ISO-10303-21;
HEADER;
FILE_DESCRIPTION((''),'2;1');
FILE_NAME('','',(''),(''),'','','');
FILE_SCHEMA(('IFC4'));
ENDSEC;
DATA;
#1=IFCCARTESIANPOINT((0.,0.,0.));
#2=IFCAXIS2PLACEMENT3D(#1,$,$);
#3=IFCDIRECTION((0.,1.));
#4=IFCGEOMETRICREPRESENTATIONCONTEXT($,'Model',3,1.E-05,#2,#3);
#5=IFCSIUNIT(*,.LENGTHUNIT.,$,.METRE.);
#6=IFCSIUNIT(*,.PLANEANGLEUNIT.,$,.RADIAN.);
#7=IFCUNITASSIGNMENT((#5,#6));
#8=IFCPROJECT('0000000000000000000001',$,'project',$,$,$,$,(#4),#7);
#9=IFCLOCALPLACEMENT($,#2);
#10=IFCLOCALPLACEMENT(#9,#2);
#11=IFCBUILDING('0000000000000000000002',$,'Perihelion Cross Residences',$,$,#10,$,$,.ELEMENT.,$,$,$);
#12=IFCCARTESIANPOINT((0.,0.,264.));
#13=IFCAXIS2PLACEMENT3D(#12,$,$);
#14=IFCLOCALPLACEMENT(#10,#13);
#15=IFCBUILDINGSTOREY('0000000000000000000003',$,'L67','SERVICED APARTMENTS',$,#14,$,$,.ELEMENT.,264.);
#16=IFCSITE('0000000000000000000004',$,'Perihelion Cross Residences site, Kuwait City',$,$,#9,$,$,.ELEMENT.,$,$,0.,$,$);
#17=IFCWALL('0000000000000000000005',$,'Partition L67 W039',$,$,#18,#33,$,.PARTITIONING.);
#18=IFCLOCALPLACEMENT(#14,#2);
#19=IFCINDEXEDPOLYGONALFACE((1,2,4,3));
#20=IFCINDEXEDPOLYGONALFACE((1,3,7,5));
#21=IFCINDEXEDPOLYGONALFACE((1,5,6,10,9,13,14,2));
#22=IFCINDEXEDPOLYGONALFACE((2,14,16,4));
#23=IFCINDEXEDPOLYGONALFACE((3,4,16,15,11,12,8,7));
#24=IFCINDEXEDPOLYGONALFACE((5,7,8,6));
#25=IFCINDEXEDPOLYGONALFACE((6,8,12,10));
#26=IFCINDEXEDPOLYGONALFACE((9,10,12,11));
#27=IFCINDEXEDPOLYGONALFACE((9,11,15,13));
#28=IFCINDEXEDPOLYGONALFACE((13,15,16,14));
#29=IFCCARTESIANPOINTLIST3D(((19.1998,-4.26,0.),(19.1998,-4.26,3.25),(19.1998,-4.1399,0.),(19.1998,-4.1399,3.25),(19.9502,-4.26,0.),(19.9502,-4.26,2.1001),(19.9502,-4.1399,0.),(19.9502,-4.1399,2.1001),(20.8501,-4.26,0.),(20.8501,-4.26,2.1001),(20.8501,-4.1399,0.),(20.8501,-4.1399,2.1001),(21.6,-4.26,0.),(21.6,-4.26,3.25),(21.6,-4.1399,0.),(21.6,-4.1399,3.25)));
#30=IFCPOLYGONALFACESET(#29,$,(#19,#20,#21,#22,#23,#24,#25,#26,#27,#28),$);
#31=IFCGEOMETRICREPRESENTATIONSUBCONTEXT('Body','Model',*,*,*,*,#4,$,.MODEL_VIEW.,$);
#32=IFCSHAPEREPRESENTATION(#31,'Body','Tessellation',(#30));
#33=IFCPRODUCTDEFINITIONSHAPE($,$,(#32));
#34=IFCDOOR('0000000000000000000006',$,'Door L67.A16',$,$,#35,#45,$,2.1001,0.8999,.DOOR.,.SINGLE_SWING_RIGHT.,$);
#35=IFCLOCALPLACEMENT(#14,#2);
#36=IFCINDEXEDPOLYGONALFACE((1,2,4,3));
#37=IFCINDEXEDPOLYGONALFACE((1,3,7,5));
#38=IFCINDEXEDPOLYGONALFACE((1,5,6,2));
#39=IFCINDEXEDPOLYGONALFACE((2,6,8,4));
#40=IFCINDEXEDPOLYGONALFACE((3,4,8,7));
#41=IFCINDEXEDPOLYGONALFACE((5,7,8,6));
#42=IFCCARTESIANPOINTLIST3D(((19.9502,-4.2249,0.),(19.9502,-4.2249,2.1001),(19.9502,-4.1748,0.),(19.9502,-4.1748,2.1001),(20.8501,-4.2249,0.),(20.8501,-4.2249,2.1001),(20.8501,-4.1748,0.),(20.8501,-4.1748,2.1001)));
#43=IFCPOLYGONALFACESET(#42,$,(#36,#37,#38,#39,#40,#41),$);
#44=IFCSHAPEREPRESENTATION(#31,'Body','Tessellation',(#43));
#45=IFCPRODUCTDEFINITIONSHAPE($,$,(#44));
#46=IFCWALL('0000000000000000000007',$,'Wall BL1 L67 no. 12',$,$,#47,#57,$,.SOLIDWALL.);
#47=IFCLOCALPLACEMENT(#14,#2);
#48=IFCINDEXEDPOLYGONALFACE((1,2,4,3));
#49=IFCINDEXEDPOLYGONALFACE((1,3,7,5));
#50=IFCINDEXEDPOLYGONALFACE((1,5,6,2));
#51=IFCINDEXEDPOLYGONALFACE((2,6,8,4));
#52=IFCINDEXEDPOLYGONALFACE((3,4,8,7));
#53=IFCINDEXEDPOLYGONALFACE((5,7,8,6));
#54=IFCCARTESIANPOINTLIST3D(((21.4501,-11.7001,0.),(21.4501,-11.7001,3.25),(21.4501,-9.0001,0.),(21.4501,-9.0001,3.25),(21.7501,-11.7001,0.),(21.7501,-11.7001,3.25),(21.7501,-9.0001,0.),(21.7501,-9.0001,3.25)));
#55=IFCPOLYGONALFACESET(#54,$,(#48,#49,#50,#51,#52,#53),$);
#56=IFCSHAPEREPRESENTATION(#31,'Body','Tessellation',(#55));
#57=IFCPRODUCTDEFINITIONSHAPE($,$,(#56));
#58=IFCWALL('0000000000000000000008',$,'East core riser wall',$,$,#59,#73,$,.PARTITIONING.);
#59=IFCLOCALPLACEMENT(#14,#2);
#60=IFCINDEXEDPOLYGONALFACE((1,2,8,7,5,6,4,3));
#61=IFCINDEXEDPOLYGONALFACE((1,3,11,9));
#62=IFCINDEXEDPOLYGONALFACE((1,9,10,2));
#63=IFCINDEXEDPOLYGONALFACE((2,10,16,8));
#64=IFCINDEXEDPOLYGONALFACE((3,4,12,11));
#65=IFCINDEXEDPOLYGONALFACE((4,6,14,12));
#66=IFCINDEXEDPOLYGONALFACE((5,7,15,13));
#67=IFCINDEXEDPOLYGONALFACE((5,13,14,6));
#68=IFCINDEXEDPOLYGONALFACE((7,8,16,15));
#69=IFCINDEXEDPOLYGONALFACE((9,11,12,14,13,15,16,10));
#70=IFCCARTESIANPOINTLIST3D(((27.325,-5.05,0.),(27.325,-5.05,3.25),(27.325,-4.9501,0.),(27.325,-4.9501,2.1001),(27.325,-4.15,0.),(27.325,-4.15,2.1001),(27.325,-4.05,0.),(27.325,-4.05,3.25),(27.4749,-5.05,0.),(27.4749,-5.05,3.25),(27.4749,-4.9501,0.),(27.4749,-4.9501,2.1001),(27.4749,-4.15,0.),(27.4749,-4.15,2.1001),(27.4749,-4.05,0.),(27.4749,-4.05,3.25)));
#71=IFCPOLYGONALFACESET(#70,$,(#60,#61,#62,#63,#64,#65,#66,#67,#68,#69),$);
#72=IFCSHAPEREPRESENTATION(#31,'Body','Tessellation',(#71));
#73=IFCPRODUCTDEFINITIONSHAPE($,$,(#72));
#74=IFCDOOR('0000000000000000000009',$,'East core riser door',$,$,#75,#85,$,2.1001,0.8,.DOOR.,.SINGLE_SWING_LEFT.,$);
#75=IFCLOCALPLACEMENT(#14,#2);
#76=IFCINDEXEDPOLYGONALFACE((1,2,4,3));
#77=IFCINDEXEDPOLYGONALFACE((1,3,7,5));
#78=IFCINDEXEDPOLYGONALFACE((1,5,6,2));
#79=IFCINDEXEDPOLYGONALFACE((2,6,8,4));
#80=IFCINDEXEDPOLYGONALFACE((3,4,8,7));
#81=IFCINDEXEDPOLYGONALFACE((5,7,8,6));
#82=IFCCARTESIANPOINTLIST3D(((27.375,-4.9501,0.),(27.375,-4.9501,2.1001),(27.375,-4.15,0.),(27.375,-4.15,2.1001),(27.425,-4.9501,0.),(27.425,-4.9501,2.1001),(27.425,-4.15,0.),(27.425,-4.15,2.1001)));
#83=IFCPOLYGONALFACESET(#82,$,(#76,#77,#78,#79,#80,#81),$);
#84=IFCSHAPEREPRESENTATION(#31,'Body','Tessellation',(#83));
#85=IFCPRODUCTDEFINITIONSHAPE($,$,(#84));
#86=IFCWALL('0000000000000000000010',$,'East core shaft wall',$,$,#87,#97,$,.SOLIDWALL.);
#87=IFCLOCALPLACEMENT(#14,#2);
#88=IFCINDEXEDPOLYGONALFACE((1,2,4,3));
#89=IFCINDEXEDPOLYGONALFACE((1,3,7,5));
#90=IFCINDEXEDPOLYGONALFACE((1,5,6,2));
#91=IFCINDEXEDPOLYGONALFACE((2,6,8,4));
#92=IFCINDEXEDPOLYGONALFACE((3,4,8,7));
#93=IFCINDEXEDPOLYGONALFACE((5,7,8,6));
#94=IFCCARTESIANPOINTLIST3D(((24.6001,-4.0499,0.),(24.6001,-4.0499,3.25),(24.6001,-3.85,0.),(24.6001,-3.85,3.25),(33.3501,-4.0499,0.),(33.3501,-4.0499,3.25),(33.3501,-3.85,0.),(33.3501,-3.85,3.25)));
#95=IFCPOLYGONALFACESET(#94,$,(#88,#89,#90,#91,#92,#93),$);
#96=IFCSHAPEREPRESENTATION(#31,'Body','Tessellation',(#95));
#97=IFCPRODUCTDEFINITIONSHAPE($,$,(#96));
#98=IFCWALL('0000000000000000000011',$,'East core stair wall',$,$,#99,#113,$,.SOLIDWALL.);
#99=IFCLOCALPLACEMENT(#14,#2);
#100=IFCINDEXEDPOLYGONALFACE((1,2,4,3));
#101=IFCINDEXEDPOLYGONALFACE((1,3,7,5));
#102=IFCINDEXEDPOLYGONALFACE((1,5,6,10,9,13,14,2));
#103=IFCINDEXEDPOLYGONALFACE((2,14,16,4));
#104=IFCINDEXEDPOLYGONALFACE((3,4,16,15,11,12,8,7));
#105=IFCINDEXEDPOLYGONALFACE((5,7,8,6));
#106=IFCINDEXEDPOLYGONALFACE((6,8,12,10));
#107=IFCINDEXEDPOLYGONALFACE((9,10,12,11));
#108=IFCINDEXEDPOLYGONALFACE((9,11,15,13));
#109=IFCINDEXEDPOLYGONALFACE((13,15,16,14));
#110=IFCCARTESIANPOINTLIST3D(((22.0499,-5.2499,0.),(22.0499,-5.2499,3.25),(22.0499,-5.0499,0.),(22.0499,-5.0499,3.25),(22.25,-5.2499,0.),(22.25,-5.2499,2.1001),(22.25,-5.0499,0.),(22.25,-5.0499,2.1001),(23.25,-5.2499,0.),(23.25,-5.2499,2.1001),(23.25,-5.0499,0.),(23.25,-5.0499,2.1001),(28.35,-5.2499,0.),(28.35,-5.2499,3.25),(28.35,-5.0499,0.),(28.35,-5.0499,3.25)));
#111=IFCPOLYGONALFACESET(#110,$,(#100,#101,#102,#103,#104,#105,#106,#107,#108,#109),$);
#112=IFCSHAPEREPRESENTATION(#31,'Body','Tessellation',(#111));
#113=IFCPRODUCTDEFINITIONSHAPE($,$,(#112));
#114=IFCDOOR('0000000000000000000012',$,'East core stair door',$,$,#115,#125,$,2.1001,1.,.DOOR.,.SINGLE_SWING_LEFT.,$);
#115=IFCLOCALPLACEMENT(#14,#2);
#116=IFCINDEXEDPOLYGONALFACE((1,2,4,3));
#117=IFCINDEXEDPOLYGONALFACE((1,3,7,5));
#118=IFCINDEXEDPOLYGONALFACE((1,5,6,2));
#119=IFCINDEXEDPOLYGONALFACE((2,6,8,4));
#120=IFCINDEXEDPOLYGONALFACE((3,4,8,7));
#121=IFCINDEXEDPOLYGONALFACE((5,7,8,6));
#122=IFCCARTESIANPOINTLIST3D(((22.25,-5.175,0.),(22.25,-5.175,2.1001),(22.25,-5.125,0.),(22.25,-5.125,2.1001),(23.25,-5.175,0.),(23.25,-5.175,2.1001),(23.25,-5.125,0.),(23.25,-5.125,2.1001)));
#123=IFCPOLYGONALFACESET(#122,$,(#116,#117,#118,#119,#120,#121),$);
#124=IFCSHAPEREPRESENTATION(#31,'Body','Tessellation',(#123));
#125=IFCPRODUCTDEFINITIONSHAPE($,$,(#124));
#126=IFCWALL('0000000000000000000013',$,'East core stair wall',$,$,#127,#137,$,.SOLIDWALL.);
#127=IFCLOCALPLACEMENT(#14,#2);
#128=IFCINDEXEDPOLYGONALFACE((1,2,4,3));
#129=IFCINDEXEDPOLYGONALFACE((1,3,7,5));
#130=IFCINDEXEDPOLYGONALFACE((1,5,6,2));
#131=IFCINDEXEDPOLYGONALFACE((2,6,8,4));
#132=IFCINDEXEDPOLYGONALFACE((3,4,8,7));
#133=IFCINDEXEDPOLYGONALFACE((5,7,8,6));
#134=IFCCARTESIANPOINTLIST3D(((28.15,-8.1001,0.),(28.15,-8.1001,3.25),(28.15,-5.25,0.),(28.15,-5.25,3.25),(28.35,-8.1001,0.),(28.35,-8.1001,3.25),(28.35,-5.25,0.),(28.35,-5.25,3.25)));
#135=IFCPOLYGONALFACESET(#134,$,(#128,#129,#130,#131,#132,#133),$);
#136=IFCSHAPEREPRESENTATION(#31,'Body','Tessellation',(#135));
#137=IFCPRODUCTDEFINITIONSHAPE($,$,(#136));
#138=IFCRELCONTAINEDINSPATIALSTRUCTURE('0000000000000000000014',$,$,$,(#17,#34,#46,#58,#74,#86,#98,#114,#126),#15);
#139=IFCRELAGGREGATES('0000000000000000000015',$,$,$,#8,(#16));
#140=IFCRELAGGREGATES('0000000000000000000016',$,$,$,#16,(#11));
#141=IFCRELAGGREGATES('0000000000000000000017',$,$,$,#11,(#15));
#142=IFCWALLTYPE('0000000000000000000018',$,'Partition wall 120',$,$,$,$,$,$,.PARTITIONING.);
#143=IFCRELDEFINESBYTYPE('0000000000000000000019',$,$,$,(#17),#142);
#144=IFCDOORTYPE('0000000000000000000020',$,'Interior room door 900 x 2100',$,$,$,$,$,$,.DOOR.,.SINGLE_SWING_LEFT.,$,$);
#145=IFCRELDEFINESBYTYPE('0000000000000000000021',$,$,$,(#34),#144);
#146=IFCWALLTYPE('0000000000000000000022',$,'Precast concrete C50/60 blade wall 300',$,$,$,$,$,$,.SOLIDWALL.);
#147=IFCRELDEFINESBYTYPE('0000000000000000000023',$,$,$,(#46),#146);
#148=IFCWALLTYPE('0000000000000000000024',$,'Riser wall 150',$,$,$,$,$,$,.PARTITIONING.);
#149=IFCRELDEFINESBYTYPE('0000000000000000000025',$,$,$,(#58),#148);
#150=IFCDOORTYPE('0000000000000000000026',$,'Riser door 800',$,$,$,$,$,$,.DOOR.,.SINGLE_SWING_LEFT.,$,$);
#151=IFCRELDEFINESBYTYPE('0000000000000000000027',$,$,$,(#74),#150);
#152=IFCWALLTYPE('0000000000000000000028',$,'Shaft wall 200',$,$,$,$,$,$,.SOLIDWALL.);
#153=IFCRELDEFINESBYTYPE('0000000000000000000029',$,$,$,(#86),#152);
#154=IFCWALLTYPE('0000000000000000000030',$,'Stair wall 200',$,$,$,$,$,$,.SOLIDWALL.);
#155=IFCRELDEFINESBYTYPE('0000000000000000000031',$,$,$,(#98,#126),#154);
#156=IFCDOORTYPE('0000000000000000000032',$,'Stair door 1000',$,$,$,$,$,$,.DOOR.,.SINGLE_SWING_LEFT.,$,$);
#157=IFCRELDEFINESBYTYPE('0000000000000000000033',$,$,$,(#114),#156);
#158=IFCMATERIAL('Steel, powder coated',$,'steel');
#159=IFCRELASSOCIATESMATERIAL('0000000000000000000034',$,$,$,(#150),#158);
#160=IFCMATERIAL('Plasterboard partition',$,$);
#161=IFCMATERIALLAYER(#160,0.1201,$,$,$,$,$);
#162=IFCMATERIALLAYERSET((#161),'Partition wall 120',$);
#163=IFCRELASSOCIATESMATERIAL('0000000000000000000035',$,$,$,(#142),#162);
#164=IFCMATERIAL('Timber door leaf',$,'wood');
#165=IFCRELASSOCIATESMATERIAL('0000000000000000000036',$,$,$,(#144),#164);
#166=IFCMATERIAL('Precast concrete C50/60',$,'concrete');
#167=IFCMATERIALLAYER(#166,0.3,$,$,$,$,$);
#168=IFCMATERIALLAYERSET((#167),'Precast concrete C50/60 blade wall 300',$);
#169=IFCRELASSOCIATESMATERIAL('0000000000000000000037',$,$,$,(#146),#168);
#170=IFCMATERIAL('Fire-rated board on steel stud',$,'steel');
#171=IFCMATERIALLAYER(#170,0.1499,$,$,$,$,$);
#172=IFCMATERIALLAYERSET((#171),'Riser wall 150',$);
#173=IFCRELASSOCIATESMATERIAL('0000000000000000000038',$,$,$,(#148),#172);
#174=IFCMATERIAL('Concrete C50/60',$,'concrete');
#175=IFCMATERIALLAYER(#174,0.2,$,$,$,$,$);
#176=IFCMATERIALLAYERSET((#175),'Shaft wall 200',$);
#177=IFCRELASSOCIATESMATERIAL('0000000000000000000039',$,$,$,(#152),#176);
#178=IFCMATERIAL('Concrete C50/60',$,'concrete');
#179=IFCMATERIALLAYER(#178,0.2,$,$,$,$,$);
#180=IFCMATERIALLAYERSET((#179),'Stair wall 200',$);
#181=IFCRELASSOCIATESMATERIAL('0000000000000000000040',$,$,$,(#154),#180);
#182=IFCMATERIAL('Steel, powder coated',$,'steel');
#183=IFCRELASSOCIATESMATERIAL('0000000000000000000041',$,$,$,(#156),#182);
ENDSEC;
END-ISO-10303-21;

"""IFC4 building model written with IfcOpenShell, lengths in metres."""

from ifc_helpers import new_model, si_unit, direction, frame, frame_2d, origin, place, context, subcontext, project, spatial, rectangle, extrude, material, layer, layer_set, type_object, element, fill, save


model = new_model("IFC4")

# Units and contexts
model_context = context("Model", 3, precision=1e-05, world=origin(), true_north=direction((0.0, 1.0)))
body_context = subcontext(model_context, "Body", "Model", "MODEL_VIEW")
ifc_project = project(units=[si_unit("LENGTHUNIT", "METRE"), si_unit("PLANEANGLEUNIT", "RADIAN")], contexts=[model_context])

# Site, building, storey
site_placement = place(None, origin())
site = spatial("IfcSite", under=ifc_project, at=site_placement, Name="Perihelion Cross Residences site, Kuwait City", CompositionType="ELEMENT", RefElevation=0.0)
building_placement = place(site_placement, origin())
building = spatial("IfcBuilding", under=site, at=building_placement, Name="Perihelion Cross Residences", CompositionType="ELEMENT")
storey_placement = place(building_placement, frame((0.0, 0.0, 264.0)))
storey = spatial("IfcBuildingStorey", under=building, at=storey_placement, Name="L67", Description="SERVICED APARTMENTS", CompositionType="ELEMENT", Elevation=264.0)

# Wall, opening, door
ifc_material_1 = material(Name="Steel, powder coated", Category="steel")
door_type_1 = type_object("IfcDoorType", Name="Riser door 800", OperationType="SINGLE_SWING_LEFT", PredefinedType="DOOR", material=ifc_material_1)
ifc_material_2 = material(Name="Plasterboard partition")
ifc_layer_1 = layer(ifc_material_2, 0.1201)
ifc_layer_set_1 = layer_set([ifc_layer_1], Name="Partition wall 120")
wall_type_1 = type_object("IfcWallType", Name="Partition wall 120", PredefinedType="PARTITIONING", material=ifc_layer_set_1)
wall_1_placement = place(storey_placement, frame((21.6001, -4.2, 0.0), z_axis=(0.0, 0.0, 1.0), x_axis=(-1.0, 0.0, 0.0)))
wall_1 = element("IfcWall", 1, at=wall_1_placement, inside=storey, type_object=wall_type_1, Name="Partition L67 W039", PredefinedType="PARTITIONING", context=body_context, shape_type="SweptSolid", body=[
    extrude(rectangle(XDim=2.4001, YDim=0.1201, at=frame_2d((1.2002, 0.0))), origin(), (0.0, 0.0, 1.0), 3.25),
])
opening_1_placement = place(wall_1_placement, frame((0.75, 0.0, 0.0)))
opening_1 = element("IfcOpeningElement", 2, at=opening_1_placement, cuts=wall_1, PredefinedType="OPENING", context=body_context, shape_type="SweptSolid", body=[
    extrude(rectangle(XDim=0.8999, YDim=2.1001, at=frame_2d((0.45, 1.05))), frame((0.0, 0.0701, 0.0), z_axis=(0.0, -1.0, 0.0), x_axis=(1.0, 0.0, 0.0)), (0.0, 0.0, 1.0), 0.1401),
])
ifc_material_3 = material(Name="Timber door leaf", Category="wood")
door_type_2 = type_object("IfcDoorType", Name="Interior room door 900 x 2100", OperationType="SINGLE_SWING_LEFT", PredefinedType="DOOR", material=ifc_material_3)
door_1_placement = place(opening_1_placement, origin())
door_1 = element("IfcDoor", 3, at=door_1_placement, inside=storey, type_object=door_type_2, Name="Door L67.A16", OperationType="SINGLE_SWING_RIGHT", OverallHeight=2.1001, OverallWidth=0.8999, PredefinedType="DOOR", context=body_context, shape_type="SweptSolid", body=[
    extrude(rectangle(XDim=0.8999, YDim=2.1001, at=frame_2d((0.45, 1.05))), frame((0.0, 0.0249, 0.0), z_axis=(0.0, -1.0, 0.0), x_axis=(1.0, 0.0, 0.0)), (0.0, 0.0, 1.0), 0.05),
])
fill(opening_1, door_1)

# Wall
ifc_material_4 = material(Name="Precast concrete C50/60", Category="concrete")
ifc_layer_2 = layer(ifc_material_4, 0.3)
ifc_layer_set_2 = layer_set([ifc_layer_2], Name="Precast concrete C50/60 blade wall 300")
wall_type_2 = type_object("IfcWallType", Name="Precast concrete C50/60 blade wall 300", PredefinedType="SOLIDWALL", material=ifc_layer_set_2)
wall_2_placement = place(storey_placement, frame((21.6001, -9.0, 0.0), z_axis=(0.0, 0.0, 1.0), x_axis=(0.0, -1.0, 0.0)))
element("IfcWall", 4, at=wall_2_placement, inside=storey, type_object=wall_type_2, Name="Wall BL1 L67 no. 12", PredefinedType="SOLIDWALL", context=body_context, shape_type="SweptSolid", body=[
    extrude(rectangle(XDim=2.7, YDim=0.3, at=frame_2d((1.3501, 0.0))), origin(), (0.0, 0.0, 1.0), 3.25),
])

# Wall, opening, door
ifc_material_5 = material(Name="Fire-rated board on steel stud", Category="steel")
ifc_layer_3 = layer(ifc_material_5, 0.1499)
ifc_layer_set_3 = layer_set([ifc_layer_3], Name="Riser wall 150")
wall_type_3 = type_object("IfcWallType", Name="Riser wall 150", PredefinedType="PARTITIONING", material=ifc_layer_set_3)
wall_3_placement = place(storey_placement, frame((27.3999, -5.05, 0.0), z_axis=(0.0, 0.0, 1.0), x_axis=(0.0, 1.0, 0.0)))
wall_3 = element("IfcWall", 5, at=wall_3_placement, inside=storey, type_object=wall_type_3, Name="East core riser wall", PredefinedType="PARTITIONING", context=body_context, shape_type="SweptSolid", body=[
    extrude(rectangle(XDim=1.0, YDim=0.1499, at=frame_2d((0.5, 0.0))), origin(), (0.0, 0.0, 1.0), 3.25),
])
opening_2_placement = place(wall_3_placement, frame((0.1001, 0.0, 0.0)))
opening_2 = element("IfcOpeningElement", 6, at=opening_2_placement, cuts=wall_3, PredefinedType="OPENING", context=body_context, shape_type="SweptSolid", body=[
    extrude(rectangle(XDim=0.8, YDim=2.1001, at=frame_2d((0.3999, 1.05))), frame((0.0, 0.085, 0.0), z_axis=(0.0, -1.0, 0.0), x_axis=(1.0, 0.0, 0.0)), (0.0, 0.0, 1.0), 0.1699),
])
door_2_placement = place(opening_2_placement, origin())
door_2 = element("IfcDoor", 7, at=door_2_placement, inside=storey, type_object=door_type_1, Name="East core riser door", OperationType="SINGLE_SWING_LEFT", OverallHeight=2.1001, OverallWidth=0.8, PredefinedType="DOOR", context=body_context, shape_type="SweptSolid", body=[
    extrude(rectangle(XDim=0.8, YDim=2.1001, at=frame_2d((0.3999, 1.05))), frame((0.0, 0.0249, 0.0), z_axis=(0.0, -1.0, 0.0), x_axis=(1.0, 0.0, 0.0)), (0.0, 0.0, 1.0), 0.05),
])
fill(opening_2, door_2)

# Wall
ifc_material_6 = material(Name="Concrete C50/60", Category="concrete")
ifc_layer_4 = layer(ifc_material_6, 0.2)
ifc_layer_set_4 = layer_set([ifc_layer_4], Name="Shaft wall 200")
wall_type_4 = type_object("IfcWallType", Name="Shaft wall 200", PredefinedType="SOLIDWALL", material=ifc_layer_set_4)
wall_4_placement = place(storey_placement, frame((24.6001, -3.95, 0.0), z_axis=(0.0, 0.0, 1.0), x_axis=(1.0, 0.0, 0.0)))
element("IfcWall", 8, at=wall_4_placement, inside=storey, type_object=wall_type_4, Name="East core shaft wall", PredefinedType="SOLIDWALL", context=body_context, shape_type="SweptSolid", body=[
    extrude(rectangle(XDim=8.75, YDim=0.2, at=frame_2d((4.375, 0.0))), origin(), (0.0, 0.0, 1.0), 3.25),
])

# Wall, opening, door
ifc_material_7 = material(Name="Concrete C50/60", Category="concrete")
ifc_layer_5 = layer(ifc_material_7, 0.2)
ifc_layer_set_5 = layer_set([ifc_layer_5], Name="Stair wall 200")
wall_type_5 = type_object("IfcWallType", Name="Stair wall 200", PredefinedType="SOLIDWALL", material=ifc_layer_set_5)
wall_5_placement = place(storey_placement, frame((22.05, -5.1499, 0.0), z_axis=(0.0, 0.0, 1.0), x_axis=(1.0, 0.0, 0.0)))
wall_5 = element("IfcWall", 9, at=wall_5_placement, inside=storey, type_object=wall_type_5, Name="East core stair wall", PredefinedType="SOLIDWALL", context=body_context, shape_type="SweptSolid", body=[
    extrude(rectangle(XDim=6.3, YDim=0.2, at=frame_2d((3.1499, 0.0))), origin(), (0.0, 0.0, 1.0), 3.25),
])
opening_3_placement = place(wall_5_placement, frame((0.2, 0.0, 0.0)))
opening_3 = element("IfcOpeningElement", 10, at=opening_3_placement, cuts=wall_5, PredefinedType="OPENING", context=body_context, shape_type="SweptSolid", body=[
    extrude(rectangle(XDim=1.0, YDim=2.1001, at=frame_2d((0.5, 1.05))), frame((0.0, 0.1099, 0.0), z_axis=(0.0, -1.0, 0.0), x_axis=(1.0, 0.0, 0.0)), (0.0, 0.0, 1.0), 0.22),
])
ifc_material_8 = material(Name="Steel, powder coated", Category="steel")
door_type_3 = type_object("IfcDoorType", Name="Stair door 1000", OperationType="SINGLE_SWING_LEFT", PredefinedType="DOOR", material=ifc_material_8)
door_3_placement = place(opening_3_placement, origin())
door_3 = element("IfcDoor", 11, at=door_3_placement, inside=storey, type_object=door_type_3, Name="East core stair door", OperationType="SINGLE_SWING_LEFT", OverallHeight=2.1001, OverallWidth=1.0, PredefinedType="DOOR", context=body_context, shape_type="SweptSolid", body=[
    extrude(rectangle(XDim=1.0, YDim=2.1001, at=frame_2d((0.5, 1.05))), frame((0.0, 0.0249, 0.0), z_axis=(0.0, -1.0, 0.0), x_axis=(1.0, 0.0, 0.0)), (0.0, 0.0, 1.0), 0.05),
])
fill(opening_3, door_3)

# Wall
wall_6_placement = place(storey_placement, frame((28.25, -8.1001, 0.0), z_axis=(0.0, 0.0, 1.0), x_axis=(0.0, 1.0, 0.0)))
element("IfcWall", 12, at=wall_6_placement, inside=storey, type_object=wall_type_5, Name="East core stair wall", PredefinedType="SOLIDWALL", context=body_context, shape_type="SweptSolid", body=[
    extrude(rectangle(XDim=2.8501, YDim=0.2, at=frame_2d((1.425, 0.0))), origin(), (0.0, 0.0, 1.0), 3.25),
])

save(model, "model.ifc")
